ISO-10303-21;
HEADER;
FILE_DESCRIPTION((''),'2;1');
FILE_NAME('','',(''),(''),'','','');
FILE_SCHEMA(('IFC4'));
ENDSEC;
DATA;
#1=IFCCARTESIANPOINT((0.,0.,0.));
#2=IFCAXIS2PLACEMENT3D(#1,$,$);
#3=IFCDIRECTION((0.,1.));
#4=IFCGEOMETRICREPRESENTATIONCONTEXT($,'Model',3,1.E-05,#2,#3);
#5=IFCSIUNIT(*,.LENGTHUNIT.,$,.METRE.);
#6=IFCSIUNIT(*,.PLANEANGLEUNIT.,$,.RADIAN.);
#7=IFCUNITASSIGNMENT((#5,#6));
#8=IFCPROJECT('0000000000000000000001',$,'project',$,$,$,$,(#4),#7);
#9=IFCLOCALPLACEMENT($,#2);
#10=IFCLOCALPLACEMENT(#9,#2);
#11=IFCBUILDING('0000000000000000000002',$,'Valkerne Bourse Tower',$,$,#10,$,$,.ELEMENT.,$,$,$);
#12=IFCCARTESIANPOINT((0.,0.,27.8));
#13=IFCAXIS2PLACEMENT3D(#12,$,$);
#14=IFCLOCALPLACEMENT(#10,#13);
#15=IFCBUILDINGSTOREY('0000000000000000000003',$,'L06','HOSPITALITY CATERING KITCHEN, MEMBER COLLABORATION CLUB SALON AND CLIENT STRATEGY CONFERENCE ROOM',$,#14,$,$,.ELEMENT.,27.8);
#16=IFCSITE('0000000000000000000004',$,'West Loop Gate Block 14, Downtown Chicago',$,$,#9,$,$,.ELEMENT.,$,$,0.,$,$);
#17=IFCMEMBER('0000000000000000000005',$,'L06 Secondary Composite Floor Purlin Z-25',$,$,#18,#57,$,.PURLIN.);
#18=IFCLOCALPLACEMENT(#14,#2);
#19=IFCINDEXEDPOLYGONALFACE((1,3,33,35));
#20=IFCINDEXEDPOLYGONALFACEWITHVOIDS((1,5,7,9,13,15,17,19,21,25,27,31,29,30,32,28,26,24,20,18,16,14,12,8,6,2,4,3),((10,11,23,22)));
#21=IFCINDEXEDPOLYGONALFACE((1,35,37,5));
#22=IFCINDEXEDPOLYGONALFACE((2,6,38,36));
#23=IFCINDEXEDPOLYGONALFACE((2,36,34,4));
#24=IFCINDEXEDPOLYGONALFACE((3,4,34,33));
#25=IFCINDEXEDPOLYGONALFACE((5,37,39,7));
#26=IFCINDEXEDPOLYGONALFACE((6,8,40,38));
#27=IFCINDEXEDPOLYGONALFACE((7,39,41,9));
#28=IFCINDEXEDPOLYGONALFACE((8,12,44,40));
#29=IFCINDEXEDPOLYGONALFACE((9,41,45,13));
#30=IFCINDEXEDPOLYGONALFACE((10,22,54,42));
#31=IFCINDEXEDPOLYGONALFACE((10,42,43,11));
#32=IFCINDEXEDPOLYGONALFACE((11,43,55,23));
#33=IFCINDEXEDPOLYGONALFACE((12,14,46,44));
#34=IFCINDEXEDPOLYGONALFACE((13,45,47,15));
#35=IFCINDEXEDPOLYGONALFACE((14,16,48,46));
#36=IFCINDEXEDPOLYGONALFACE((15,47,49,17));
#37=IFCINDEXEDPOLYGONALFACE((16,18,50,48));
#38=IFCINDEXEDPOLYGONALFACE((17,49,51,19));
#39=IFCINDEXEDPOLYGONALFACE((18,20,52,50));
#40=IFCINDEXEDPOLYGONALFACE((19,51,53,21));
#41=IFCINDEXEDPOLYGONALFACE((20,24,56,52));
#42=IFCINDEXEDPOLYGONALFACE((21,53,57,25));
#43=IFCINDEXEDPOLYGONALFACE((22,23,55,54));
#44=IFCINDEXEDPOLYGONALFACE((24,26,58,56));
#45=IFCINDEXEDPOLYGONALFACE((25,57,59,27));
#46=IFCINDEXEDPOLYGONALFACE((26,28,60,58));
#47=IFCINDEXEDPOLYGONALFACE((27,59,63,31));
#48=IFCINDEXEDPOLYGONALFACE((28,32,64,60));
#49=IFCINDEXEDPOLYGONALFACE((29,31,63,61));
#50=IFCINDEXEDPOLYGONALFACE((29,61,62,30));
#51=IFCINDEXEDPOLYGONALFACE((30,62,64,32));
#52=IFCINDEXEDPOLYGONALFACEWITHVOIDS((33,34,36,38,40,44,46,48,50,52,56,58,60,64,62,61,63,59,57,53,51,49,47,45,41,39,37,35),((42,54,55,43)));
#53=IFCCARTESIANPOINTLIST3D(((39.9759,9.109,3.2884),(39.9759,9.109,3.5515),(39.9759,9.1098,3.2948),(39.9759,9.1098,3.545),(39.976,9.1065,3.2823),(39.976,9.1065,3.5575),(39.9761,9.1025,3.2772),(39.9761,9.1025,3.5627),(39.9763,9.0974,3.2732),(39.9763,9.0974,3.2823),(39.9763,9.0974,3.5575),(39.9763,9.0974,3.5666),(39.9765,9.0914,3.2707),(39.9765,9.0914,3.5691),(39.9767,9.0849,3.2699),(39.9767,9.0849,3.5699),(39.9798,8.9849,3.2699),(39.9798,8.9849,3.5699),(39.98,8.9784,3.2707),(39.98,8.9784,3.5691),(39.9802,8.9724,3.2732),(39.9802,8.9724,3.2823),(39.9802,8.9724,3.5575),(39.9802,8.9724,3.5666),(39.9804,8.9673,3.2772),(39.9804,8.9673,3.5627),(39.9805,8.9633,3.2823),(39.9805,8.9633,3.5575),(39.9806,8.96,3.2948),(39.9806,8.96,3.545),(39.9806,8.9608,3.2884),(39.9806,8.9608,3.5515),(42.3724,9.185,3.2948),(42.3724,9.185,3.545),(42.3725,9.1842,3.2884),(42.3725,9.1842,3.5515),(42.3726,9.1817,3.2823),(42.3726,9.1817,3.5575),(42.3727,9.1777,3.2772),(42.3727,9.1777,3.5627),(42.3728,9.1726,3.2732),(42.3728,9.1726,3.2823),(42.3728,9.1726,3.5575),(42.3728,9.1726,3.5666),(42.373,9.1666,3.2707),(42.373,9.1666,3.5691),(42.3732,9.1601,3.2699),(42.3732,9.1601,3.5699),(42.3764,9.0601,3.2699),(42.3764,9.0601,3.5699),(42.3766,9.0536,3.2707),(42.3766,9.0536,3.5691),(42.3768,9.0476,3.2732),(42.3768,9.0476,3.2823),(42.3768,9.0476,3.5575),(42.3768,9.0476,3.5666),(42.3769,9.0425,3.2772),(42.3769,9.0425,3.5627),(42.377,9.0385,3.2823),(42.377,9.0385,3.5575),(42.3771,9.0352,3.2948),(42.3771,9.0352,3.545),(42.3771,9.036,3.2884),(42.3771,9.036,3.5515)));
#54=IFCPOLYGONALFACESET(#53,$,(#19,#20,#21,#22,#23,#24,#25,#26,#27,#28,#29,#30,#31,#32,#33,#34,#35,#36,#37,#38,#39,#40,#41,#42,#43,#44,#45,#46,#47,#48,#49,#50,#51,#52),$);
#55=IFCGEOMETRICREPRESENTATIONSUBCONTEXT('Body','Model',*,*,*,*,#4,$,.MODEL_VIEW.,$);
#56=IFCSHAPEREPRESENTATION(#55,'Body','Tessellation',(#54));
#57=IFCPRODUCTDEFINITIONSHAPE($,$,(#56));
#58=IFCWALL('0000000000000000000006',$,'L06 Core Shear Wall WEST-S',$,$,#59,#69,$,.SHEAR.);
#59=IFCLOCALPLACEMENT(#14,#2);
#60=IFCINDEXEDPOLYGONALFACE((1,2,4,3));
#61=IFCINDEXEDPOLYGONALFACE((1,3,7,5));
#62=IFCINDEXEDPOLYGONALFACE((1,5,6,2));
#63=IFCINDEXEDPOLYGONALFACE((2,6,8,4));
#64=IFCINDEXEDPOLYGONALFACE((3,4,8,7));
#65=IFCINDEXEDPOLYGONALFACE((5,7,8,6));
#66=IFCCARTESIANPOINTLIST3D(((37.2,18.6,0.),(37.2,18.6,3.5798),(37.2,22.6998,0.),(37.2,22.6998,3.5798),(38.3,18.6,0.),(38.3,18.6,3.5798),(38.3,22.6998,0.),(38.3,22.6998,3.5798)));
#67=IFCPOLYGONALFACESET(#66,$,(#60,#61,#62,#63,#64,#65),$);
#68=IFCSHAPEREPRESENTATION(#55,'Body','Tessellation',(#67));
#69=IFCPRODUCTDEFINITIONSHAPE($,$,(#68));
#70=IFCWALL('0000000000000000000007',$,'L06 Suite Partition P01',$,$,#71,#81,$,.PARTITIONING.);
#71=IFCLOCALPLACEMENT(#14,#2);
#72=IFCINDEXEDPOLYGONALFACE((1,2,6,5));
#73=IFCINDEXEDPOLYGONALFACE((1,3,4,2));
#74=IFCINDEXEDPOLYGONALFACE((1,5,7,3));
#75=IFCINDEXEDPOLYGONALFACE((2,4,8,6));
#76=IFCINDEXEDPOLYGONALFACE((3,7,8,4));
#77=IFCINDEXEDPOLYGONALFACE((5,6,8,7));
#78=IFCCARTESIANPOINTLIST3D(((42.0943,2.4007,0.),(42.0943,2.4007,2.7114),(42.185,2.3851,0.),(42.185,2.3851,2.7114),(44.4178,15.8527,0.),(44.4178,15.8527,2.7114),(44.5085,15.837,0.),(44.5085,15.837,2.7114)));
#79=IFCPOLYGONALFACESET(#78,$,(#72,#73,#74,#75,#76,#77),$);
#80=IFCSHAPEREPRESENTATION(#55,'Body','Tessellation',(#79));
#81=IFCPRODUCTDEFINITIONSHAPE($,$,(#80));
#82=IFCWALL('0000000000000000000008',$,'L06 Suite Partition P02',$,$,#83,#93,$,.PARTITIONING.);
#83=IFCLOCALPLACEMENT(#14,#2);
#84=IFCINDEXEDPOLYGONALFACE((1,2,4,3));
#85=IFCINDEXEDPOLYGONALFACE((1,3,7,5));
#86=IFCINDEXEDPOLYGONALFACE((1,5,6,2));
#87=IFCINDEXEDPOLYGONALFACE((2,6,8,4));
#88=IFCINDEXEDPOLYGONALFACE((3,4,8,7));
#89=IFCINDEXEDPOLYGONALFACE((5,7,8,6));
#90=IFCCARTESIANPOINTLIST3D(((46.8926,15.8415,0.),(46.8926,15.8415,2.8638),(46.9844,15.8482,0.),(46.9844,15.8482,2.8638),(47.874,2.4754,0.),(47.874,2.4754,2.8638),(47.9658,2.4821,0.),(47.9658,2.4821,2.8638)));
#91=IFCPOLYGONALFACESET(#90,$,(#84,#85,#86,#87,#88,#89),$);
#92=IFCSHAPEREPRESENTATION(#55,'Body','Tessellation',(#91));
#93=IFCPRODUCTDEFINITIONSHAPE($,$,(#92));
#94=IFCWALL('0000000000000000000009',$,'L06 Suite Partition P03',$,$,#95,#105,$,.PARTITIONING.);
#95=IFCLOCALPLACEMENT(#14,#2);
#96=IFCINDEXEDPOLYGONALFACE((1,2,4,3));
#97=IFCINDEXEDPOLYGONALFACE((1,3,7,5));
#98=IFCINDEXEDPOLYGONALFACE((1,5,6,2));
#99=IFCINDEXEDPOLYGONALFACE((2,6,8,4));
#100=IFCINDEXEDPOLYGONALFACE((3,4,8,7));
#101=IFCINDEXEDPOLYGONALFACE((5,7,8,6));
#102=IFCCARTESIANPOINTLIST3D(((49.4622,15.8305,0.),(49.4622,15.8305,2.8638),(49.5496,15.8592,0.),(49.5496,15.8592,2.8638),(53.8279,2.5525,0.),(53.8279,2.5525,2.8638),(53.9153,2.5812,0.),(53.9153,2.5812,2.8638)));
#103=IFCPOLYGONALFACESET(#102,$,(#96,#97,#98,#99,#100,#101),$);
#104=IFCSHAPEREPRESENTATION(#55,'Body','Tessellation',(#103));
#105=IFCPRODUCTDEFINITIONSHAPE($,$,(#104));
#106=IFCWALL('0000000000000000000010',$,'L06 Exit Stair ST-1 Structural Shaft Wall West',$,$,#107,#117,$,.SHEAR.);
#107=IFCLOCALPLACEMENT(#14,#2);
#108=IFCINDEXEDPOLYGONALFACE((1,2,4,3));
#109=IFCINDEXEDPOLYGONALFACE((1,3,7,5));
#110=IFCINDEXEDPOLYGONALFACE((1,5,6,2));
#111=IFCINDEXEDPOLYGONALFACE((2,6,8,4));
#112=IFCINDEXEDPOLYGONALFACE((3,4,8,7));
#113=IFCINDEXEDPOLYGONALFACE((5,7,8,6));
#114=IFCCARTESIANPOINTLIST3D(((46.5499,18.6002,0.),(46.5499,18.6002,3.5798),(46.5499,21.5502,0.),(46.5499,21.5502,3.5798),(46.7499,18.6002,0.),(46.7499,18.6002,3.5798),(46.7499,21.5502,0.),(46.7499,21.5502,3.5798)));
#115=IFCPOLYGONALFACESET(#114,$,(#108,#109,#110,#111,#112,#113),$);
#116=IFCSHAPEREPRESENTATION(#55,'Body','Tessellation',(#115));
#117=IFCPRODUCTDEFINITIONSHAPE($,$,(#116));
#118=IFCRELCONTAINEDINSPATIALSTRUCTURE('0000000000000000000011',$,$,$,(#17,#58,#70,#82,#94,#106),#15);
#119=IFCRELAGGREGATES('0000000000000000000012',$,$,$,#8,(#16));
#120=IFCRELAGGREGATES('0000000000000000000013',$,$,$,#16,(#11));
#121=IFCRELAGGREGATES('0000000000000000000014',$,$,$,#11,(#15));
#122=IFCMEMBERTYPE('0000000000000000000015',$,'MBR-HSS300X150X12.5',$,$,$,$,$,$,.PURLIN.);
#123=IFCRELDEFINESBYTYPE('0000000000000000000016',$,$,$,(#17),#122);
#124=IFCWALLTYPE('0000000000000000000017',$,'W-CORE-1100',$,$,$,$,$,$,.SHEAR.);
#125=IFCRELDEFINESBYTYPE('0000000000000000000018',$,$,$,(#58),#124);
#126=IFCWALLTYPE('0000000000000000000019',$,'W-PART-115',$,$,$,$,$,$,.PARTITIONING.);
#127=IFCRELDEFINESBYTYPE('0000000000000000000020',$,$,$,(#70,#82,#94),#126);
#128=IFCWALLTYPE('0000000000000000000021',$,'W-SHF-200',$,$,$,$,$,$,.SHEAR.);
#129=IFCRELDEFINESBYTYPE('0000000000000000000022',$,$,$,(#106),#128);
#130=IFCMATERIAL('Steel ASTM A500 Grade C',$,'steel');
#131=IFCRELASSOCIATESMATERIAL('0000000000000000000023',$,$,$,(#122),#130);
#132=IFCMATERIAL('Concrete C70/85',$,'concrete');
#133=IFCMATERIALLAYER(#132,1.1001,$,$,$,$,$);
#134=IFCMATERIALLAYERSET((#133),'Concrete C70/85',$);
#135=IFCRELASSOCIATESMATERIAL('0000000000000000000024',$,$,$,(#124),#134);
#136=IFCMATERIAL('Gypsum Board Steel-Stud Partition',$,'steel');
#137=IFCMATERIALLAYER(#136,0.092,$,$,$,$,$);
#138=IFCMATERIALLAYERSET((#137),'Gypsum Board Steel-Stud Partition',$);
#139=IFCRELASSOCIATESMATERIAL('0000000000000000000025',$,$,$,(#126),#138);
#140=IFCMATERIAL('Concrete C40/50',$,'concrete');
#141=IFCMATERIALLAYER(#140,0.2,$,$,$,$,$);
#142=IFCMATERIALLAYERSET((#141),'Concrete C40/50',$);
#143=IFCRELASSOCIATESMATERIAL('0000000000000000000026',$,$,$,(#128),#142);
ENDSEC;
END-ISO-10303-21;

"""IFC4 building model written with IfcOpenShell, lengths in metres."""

from ifc_helpers import new_model, si_unit, direction, frame, frame_2d, origin, origin_2d, place, context, subcontext, project, spatial, rectangle, hollow_rectangle, extrude, material, layer, layer_set, material_profile, profile_set, type_object, element, save


model = new_model("IFC4")

# Units and contexts
model_context = context("Model", 3, precision=1e-05, world=origin(), true_north=direction((0.0, 1.0)))
body_context = subcontext(model_context, "Body", "Model", "MODEL_VIEW")
ifc_project = project(units=[si_unit("LENGTHUNIT", "METRE"), si_unit("PLANEANGLEUNIT", "RADIAN")], contexts=[model_context])

# Site, building, storey
site_placement = place(None, origin())
site = spatial("IfcSite", under=ifc_project, at=site_placement, Name="West Loop Gate Block 14, Downtown Chicago", CompositionType="ELEMENT", RefElevation=0.0)
building_placement = place(site_placement, origin())
building = spatial("IfcBuilding", under=site, at=building_placement, Name="Valkerne Bourse Tower", CompositionType="ELEMENT")
storey_placement = place(building_placement, frame((0.0, 0.0, 27.8)))
storey = spatial("IfcBuildingStorey", under=building, at=storey_placement, Name="L06", Description="HOSPITALITY CATERING KITCHEN, MEMBER COLLABORATION CLUB SALON AND CLIENT STRATEGY CONFERENCE ROOM", CompositionType="ELEMENT", Elevation=27.8)

# Member
ifc_material_1 = material(Name="Steel ASTM A500 Grade C", Category="steel")
ifc_material_profile = material_profile(ifc_material_1, hollow_rectangle(XDim=0.1499, YDim=0.3, WallThickness=0.0125, OuterFilletRadius=0.0249, at=origin_2d()), Name="HSS300X150X12.5")
ifc_profile_set = profile_set([ifc_material_profile], Name="Steel ASTM A500 Grade C")
member_type = type_object("IfcMemberType", Name="MBR-HSS300X150X12.5", PredefinedType="PURLIN", material=ifc_profile_set)
member_1_placement = place(storey_placement, frame((39.9783, 9.0349, 3.4199), z_axis=(0.999508, 0.031362, 0.0), x_axis=(-0.031362, 0.999508, 0.0)))
element("IfcMember", 1, at=member_1_placement, inside=storey, type_object=member_type, Name="L06 Secondary Composite Floor Purlin Z-25", PredefinedType="PURLIN", context=body_context, shape_type="SweptSolid", body=[
    extrude(hollow_rectangle(XDim=0.1499, YDim=0.3, WallThickness=0.0125, OuterFilletRadius=0.0249, at=origin_2d()), origin(), (0.0, 0.0, 1.0), 2.3977),
])

# Shared definitions
ifc_material_2 = material(Name="Concrete C70/85", Category="concrete")
ifc_layer_1 = layer(ifc_material_2, 1.1001)
ifc_layer_set_1 = layer_set([ifc_layer_1], Name="Concrete C70/85")
wall_type_1 = type_object("IfcWallType", Name="W-CORE-1100", PredefinedType="SHEAR", material=ifc_layer_set_1)

# Wall
wall_1_placement = place(storey_placement, frame((37.75, 18.6001, 0.0), z_axis=(0.0, 0.0, 1.0), x_axis=(0.0, 1.0, 0.0)))
element("IfcWall", 2, at=wall_1_placement, inside=storey, type_object=wall_type_1, Name="L06 Core Shear Wall WEST-S", PredefinedType="SHEAR", context=body_context, shape_type="SweptSolid", body=[
    extrude(rectangle(XDim=4.0999, YDim=1.1001, at=frame_2d((2.0498, 0.0))), origin(), (0.0, 0.0, 1.0), 3.5798),
])

# Walls
ifc_material_3 = material(Name="Gypsum Board Steel-Stud Partition", Category="steel")
ifc_layer_2 = layer(ifc_material_3, 0.092)
ifc_layer_set_2 = layer_set([ifc_layer_2], Name="Gypsum Board Steel-Stud Partition")
wall_type_2 = type_object("IfcWallType", Name="W-PART-115", PredefinedType="PARTITIONING", material=ifc_layer_set_2)
wall_2_placement = place(storey_placement, frame((44.4631, 15.845, 0.0), z_axis=(0.0, 0.0, 1.0), x_axis=(-0.170205, -0.985409, 0.0)))
element("IfcWall", 3, at=wall_2_placement, inside=storey, type_object=wall_type_2, Name="L06 Suite Partition P01", PredefinedType="PARTITIONING", context=body_context, shape_type="SweptSolid", body=[
    extrude(rectangle(XDim=13.6511, YDim=0.092, at=frame_2d((6.8257, 0.0))), origin(), (0.0, 0.0, 1.0), 2.7114),
])
wall_3_placement = place(storey_placement, frame((46.9385, 15.845, 0.0), z_axis=(0.0, 0.0, 1.0), x_axis=(0.07323, -0.997315, 0.0)))
element("IfcWall", 4, at=wall_3_placement, inside=storey, type_object=wall_type_2, Name="L06 Suite Partition P02", PredefinedType="PARTITIONING", context=body_context, shape_type="SweptSolid", body=[
    extrude(rectangle(XDim=13.4021, YDim=0.092, at=frame_2d((6.7012, 0.0))), origin(), (0.0, 0.0, 1.0), 2.8638),
])
wall_4_placement = place(storey_placement, frame((49.5059, 15.845, 0.0), z_axis=(0.0, 0.0, 1.0), x_axis=(0.312342, -0.94997, 0.0)))
element("IfcWall", 5, at=wall_4_placement, inside=storey, type_object=wall_type_2, Name="L06 Suite Partition P03", PredefinedType="PARTITIONING", context=body_context, shape_type="SweptSolid", body=[
    extrude(rectangle(XDim=13.9773, YDim=0.092, at=frame_2d((6.9888, 0.0))), origin(), (0.0, 0.0, 1.0), 2.8638),
])
ifc_material_4 = material(Name="Concrete C40/50", Category="concrete")
ifc_layer_3 = layer(ifc_material_4, 0.2)
ifc_layer_set_3 = layer_set([ifc_layer_3], Name="Concrete C40/50")
wall_type_3 = type_object("IfcWallType", Name="W-SHF-200", PredefinedType="SHEAR", material=ifc_layer_set_3)
wall_5_placement = place(storey_placement, frame((46.6499, 18.6001, 0.0), z_axis=(0.0, 0.0, 1.0), x_axis=(0.0, 1.0, 0.0)))
element("IfcWall", 6, at=wall_5_placement, inside=storey, type_object=wall_type_3, Name="L06 Exit Stair ST-1 Structural Shaft Wall West", PredefinedType="SHEAR", context=body_context, shape_type="SweptSolid", body=[
    extrude(rectangle(XDim=2.95, YDim=0.2, at=frame_2d((1.4751, 0.0))), origin(), (0.0, 0.0, 1.0), 3.5798),
])

save(model, "model.ifc")
